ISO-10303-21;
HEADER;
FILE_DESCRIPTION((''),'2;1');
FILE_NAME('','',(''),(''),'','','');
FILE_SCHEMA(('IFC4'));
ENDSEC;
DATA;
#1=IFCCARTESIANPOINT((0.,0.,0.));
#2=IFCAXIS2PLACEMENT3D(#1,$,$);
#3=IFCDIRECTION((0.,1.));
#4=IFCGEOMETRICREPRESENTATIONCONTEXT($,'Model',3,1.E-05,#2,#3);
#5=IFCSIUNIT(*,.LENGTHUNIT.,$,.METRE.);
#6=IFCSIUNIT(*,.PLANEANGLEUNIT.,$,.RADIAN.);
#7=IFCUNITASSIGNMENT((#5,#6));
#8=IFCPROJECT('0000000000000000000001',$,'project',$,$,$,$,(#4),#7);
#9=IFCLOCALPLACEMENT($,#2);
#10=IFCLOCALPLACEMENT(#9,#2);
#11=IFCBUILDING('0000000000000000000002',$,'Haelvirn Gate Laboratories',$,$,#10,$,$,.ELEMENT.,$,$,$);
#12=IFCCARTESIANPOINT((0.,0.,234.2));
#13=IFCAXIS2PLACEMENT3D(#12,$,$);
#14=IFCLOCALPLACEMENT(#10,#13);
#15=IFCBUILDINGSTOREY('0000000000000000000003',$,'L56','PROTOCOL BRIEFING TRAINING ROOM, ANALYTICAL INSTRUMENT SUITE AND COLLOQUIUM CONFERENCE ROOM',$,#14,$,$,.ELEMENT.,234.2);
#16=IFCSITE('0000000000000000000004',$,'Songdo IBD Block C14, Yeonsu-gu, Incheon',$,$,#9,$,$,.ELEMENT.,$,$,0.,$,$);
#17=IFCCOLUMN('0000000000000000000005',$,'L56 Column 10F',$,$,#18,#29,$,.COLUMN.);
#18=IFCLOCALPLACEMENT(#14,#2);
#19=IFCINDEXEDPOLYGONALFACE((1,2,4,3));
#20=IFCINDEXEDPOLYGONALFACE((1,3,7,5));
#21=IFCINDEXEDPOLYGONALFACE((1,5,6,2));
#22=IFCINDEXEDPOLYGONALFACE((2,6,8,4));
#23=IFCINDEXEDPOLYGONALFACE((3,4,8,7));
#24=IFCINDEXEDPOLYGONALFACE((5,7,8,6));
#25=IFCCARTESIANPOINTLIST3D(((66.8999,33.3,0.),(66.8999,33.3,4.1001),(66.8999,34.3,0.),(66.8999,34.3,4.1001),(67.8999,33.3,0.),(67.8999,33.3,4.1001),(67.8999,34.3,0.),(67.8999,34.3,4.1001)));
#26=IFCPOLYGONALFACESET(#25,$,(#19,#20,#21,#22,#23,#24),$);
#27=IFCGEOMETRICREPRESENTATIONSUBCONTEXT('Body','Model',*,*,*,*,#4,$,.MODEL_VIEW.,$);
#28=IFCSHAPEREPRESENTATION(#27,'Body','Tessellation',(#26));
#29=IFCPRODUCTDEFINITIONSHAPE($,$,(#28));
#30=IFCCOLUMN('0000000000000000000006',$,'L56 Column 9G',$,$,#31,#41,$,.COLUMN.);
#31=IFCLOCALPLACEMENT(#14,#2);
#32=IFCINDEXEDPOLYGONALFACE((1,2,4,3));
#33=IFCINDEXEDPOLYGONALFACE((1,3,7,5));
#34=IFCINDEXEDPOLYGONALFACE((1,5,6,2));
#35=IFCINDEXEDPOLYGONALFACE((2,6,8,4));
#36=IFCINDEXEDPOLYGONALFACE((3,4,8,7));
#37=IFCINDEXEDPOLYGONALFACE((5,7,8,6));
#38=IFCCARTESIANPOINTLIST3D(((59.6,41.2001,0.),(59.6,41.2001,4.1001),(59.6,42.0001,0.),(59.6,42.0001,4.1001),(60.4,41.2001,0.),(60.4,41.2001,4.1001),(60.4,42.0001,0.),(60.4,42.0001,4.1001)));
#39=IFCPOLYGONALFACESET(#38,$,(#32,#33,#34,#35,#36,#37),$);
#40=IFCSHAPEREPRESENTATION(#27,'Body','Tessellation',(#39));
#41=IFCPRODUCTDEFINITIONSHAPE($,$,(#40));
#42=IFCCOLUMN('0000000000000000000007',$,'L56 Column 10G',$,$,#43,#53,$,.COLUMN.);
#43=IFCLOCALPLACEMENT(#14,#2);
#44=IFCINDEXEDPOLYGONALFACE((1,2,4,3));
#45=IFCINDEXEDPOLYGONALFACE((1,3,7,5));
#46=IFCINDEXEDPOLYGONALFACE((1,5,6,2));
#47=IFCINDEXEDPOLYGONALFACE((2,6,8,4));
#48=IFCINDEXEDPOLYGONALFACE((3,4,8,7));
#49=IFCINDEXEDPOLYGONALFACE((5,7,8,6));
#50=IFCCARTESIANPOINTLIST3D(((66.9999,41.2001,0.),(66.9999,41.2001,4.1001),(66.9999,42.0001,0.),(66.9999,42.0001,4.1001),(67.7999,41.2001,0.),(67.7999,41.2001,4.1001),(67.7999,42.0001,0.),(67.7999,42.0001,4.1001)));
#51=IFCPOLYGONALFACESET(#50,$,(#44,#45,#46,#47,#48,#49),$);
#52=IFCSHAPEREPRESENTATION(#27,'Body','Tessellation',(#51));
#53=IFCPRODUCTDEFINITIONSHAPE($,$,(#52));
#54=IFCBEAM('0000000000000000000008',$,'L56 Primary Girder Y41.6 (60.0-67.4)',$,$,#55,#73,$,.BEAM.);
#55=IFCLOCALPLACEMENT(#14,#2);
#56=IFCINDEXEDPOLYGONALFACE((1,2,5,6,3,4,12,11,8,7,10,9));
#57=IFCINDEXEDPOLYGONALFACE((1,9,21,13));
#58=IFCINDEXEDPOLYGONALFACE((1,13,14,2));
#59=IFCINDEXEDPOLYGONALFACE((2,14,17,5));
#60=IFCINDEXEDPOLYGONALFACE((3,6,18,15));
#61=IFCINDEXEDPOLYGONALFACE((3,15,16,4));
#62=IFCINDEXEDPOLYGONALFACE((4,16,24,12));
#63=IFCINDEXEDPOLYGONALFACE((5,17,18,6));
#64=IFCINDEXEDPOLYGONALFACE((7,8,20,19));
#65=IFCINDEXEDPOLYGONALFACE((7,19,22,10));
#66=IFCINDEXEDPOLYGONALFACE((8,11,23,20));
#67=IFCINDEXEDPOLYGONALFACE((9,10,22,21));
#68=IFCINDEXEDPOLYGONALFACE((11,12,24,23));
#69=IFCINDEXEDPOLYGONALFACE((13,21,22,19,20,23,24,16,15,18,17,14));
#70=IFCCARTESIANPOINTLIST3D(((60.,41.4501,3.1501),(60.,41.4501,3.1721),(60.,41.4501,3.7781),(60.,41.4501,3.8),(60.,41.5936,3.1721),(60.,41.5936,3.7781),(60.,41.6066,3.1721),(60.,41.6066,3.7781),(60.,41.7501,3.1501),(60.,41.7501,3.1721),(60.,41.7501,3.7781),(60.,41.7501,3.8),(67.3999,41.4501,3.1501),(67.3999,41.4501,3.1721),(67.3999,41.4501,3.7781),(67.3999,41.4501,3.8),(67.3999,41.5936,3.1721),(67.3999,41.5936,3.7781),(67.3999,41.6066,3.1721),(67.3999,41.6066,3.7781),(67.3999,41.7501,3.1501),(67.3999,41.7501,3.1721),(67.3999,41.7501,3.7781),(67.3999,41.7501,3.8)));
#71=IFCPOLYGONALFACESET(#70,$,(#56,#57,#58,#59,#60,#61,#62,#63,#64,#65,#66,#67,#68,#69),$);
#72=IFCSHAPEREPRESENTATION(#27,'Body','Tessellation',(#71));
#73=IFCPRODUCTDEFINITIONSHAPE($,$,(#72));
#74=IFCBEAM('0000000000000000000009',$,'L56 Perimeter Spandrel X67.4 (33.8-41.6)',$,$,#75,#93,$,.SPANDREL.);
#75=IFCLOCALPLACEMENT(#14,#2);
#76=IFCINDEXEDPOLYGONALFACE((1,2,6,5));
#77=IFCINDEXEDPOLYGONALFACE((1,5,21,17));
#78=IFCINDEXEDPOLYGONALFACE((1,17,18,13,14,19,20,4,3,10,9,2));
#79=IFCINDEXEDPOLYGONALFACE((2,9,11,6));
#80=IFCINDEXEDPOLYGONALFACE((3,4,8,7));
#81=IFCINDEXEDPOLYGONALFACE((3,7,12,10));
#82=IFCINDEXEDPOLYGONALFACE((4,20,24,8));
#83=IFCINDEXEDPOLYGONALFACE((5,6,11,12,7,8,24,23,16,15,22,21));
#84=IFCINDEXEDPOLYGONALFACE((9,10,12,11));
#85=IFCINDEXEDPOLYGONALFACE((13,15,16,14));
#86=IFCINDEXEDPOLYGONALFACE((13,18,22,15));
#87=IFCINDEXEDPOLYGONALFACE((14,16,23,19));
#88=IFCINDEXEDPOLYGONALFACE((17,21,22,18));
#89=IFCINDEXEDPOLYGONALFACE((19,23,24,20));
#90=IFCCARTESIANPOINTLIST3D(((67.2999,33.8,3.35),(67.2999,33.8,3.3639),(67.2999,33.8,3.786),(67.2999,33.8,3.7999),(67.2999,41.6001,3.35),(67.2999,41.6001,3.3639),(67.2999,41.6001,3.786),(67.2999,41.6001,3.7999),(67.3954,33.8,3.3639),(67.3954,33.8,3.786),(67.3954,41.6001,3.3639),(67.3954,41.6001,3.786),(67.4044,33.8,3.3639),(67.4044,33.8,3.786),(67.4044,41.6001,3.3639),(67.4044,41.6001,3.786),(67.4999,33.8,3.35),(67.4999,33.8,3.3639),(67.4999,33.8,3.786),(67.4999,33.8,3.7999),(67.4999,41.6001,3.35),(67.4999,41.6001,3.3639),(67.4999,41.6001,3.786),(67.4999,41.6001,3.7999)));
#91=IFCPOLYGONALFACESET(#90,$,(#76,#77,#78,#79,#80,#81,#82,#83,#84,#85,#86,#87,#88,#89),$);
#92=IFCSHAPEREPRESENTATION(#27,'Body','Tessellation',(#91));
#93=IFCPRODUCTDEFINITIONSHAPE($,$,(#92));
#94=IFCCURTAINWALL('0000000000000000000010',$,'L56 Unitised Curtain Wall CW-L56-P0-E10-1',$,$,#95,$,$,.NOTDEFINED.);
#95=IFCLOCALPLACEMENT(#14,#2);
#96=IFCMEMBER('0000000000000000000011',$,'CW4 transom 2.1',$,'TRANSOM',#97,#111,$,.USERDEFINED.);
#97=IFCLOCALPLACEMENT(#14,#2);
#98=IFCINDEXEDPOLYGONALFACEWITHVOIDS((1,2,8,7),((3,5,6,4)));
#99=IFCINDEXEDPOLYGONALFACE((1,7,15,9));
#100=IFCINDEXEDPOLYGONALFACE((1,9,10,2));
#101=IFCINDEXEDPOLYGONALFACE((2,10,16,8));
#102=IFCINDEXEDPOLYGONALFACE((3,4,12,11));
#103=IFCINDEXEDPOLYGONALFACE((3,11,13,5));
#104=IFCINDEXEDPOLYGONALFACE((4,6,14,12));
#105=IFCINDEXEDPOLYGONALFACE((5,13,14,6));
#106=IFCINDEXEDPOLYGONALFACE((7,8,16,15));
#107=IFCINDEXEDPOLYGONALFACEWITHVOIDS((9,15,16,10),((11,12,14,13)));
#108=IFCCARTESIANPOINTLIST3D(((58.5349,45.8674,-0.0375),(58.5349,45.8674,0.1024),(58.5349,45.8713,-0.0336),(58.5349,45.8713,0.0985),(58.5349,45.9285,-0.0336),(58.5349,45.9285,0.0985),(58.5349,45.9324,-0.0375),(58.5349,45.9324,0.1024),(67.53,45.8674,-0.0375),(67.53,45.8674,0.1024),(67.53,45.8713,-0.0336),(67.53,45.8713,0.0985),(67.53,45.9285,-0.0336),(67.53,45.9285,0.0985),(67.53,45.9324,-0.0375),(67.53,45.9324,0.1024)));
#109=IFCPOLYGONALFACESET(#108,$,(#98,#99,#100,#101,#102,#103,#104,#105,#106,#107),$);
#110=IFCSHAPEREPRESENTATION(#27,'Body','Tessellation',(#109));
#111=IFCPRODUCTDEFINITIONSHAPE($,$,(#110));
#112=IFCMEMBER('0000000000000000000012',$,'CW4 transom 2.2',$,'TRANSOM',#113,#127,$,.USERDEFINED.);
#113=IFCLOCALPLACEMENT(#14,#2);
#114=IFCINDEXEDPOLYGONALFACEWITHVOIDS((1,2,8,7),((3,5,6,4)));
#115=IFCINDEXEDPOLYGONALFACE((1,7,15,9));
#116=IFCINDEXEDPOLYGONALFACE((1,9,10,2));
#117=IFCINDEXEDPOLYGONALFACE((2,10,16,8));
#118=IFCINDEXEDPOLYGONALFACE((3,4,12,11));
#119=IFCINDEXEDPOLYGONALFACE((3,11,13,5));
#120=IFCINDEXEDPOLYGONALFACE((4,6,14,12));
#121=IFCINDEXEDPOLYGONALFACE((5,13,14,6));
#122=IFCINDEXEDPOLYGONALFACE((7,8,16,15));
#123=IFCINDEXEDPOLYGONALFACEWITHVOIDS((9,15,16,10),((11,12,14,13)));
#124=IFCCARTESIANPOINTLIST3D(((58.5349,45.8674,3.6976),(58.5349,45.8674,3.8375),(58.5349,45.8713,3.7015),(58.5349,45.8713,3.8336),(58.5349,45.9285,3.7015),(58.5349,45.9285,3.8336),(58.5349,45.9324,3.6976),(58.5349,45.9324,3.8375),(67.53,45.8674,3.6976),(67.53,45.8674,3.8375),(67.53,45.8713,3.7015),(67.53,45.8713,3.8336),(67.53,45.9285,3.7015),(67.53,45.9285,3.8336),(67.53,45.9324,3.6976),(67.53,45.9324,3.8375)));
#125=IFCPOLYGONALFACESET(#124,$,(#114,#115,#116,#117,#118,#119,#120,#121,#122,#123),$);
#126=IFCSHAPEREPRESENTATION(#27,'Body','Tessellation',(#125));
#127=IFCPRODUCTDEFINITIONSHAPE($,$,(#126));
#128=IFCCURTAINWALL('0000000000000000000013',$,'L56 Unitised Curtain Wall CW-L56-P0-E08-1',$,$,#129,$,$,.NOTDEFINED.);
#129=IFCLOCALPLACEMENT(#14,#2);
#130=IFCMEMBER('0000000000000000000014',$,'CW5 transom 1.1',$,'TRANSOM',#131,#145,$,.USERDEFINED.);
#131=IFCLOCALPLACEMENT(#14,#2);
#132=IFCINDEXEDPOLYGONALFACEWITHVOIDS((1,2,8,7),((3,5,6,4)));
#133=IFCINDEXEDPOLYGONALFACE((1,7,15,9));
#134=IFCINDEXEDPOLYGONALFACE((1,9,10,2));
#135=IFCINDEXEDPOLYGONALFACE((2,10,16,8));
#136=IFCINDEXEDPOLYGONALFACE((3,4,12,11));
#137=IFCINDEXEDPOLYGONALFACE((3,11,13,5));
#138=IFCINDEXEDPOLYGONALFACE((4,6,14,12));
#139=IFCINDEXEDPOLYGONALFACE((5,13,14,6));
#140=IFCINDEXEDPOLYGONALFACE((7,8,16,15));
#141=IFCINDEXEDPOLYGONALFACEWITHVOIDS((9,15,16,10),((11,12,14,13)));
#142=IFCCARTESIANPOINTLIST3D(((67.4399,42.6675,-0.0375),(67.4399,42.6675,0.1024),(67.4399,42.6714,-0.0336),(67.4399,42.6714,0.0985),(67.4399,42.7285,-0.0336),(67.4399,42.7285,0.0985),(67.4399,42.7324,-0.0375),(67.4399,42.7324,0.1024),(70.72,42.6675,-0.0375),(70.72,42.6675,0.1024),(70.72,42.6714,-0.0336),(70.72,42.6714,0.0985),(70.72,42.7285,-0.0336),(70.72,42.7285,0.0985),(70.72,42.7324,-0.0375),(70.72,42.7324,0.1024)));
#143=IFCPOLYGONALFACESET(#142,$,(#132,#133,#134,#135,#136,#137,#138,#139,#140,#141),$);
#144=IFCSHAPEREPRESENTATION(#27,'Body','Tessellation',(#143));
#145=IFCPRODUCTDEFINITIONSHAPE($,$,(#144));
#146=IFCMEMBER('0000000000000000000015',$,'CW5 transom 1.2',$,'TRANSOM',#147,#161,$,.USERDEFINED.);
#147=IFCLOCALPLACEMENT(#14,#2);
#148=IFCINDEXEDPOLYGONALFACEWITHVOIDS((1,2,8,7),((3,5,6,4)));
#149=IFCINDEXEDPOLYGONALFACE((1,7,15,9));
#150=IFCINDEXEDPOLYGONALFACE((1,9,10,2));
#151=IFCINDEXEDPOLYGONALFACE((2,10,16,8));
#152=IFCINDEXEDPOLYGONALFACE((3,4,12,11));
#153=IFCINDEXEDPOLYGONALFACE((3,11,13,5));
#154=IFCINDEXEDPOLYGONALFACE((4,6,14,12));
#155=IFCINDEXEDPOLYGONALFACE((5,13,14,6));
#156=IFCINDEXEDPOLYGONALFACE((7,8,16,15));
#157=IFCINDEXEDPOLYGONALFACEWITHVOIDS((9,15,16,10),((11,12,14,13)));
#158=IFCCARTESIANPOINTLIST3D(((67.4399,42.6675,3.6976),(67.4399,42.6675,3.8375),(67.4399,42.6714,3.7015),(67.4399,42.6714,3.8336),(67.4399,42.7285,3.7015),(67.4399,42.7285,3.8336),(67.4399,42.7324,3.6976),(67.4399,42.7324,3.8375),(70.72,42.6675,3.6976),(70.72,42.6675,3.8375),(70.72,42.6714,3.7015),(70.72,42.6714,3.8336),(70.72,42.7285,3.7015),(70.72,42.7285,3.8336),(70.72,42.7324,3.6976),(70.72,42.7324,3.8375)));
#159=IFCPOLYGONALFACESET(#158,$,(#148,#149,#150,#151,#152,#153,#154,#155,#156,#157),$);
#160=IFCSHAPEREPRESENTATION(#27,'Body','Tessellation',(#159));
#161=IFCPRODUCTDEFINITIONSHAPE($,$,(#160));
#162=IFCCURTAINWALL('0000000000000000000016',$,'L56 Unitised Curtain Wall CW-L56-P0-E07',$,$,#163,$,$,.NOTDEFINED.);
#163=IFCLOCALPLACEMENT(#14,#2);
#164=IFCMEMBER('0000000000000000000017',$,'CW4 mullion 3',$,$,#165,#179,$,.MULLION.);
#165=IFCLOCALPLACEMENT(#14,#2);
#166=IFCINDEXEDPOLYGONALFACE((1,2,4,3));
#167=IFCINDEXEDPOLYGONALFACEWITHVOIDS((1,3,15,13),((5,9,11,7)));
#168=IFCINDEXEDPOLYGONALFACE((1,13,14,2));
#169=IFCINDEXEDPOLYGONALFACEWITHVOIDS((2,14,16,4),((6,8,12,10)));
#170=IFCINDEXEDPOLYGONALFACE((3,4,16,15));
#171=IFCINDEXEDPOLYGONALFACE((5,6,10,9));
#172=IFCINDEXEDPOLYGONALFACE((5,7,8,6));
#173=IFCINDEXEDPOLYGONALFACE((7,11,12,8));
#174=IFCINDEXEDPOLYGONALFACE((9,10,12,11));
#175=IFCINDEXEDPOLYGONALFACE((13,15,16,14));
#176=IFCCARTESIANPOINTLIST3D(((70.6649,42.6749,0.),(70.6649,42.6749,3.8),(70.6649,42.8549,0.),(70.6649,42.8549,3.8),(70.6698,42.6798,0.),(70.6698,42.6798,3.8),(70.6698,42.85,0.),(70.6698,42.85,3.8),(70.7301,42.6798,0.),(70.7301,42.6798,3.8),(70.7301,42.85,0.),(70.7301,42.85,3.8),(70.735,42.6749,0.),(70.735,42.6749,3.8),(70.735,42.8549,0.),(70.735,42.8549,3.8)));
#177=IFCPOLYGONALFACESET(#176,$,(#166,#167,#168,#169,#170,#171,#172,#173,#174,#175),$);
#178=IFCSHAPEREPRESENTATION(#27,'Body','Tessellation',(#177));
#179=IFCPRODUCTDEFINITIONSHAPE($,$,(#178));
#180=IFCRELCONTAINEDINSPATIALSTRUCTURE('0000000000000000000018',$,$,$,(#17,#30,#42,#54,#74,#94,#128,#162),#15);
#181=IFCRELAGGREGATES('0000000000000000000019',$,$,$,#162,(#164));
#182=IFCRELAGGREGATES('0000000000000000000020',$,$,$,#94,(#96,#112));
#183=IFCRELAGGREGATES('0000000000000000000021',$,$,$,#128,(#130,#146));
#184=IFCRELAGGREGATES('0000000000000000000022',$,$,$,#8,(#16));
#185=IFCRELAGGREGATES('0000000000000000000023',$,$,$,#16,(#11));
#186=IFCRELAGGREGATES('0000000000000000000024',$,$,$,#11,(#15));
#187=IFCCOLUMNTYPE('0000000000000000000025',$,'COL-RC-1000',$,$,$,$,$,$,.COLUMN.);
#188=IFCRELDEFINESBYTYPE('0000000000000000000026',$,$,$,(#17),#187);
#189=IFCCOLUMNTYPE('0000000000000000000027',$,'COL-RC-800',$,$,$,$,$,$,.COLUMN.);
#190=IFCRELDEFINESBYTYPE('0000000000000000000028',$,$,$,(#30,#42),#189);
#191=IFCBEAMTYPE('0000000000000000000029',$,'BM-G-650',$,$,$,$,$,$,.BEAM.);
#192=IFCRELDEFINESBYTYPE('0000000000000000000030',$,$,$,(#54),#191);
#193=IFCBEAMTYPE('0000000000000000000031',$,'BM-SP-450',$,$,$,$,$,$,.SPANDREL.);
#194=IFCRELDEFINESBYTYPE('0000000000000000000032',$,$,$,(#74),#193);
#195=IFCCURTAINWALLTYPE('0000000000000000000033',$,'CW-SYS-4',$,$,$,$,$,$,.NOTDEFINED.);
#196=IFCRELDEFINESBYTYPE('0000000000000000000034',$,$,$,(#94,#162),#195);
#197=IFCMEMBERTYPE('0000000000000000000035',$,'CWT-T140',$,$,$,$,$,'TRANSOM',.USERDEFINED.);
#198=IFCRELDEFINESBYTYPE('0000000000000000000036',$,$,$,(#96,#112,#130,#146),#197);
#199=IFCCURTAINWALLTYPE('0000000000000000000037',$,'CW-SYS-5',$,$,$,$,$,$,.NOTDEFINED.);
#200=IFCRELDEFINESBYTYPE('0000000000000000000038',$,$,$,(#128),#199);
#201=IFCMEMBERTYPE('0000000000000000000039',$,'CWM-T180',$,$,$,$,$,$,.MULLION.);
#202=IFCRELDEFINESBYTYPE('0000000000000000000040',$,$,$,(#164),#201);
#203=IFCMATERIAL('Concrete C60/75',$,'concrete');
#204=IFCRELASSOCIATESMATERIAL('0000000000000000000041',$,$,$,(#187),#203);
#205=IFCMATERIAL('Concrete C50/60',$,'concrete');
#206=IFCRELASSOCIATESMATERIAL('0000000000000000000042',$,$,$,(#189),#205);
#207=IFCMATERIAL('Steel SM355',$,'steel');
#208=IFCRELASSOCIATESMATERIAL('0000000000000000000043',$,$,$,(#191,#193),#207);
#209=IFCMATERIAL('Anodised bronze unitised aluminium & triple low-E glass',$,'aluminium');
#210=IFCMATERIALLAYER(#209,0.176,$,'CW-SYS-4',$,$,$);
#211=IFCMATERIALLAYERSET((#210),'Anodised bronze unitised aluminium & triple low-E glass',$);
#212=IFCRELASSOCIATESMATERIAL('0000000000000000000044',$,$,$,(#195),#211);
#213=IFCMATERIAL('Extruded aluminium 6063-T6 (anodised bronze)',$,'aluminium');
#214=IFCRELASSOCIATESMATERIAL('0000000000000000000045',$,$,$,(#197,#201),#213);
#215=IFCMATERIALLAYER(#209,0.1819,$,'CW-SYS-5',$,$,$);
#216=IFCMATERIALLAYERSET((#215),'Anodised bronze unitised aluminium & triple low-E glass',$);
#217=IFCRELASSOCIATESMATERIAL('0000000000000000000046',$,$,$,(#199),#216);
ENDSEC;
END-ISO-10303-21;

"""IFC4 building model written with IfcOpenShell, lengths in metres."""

from ifc_helpers import new_model, si_unit, direction, frame, origin, origin_2d, place, context, subcontext, project, spatial, rectangle, hollow_rectangle, i_section, extrude, source, transform, mapped, material, layer, layer_set, material_profile, profile_set, type_object, type_shapes, element, aggregate, save


model = new_model("IFC4")

# Units and contexts
model_context = context("Model", 3, precision=1e-05, world=origin(), true_north=direction((0.0, 1.0)))
body_context = subcontext(model_context, "Body", "Model", "MODEL_VIEW")
ifc_project = project(units=[si_unit("LENGTHUNIT", "METRE"), si_unit("PLANEANGLEUNIT", "RADIAN")], contexts=[model_context])

# Site, building, storey
site_placement = place(None, origin())
site = spatial("IfcSite", under=ifc_project, at=site_placement, Name="Songdo IBD Block C14, Yeonsu-gu, Incheon", CompositionType="ELEMENT", RefElevation=0.0)
building_placement = place(site_placement, origin())
building = spatial("IfcBuilding", under=site, at=building_placement, Name="Haelvirn Gate Laboratories", CompositionType="ELEMENT")
storey_placement = place(building_placement, frame((0.0, 0.0, 234.2)))
storey = spatial("IfcBuildingStorey", under=building, at=storey_placement, Name="L56", Description="PROTOCOL BRIEFING TRAINING ROOM, ANALYTICAL INSTRUMENT SUITE AND COLLOQUIUM CONFERENCE ROOM", CompositionType="ELEMENT", Elevation=234.2)

# Columns
ifc_material_1 = material(Name="Concrete C60/75", Category="concrete")
ifc_material_profile_1 = material_profile(ifc_material_1, rectangle(XDim=1.0, YDim=1.0, at=origin_2d()), Name="RC-1000x1000")
ifc_profile_set_1 = profile_set([ifc_material_profile_1], Name="Concrete C60/75")
column_type_1 = type_object("IfcColumnType", Name="COL-RC-1000", PredefinedType="COLUMN", material=ifc_profile_set_1)
shared_shape_1 = source(origin(), body_context, "Body", "SweptSolid", [
    extrude(rectangle(XDim=1.0, YDim=1.0, at=origin_2d()), origin(), (0.0, 0.0, 1.0), 4.1001),
])
type_shapes(column_type_1, [shared_shape_1])
column_placement = place(storey_placement, frame((67.3999, 33.8, 0.0), z_axis=(0.0, 0.0, 1.0), x_axis=(1.0, 0.0, 0.0)))
element("IfcColumn", 1, at=column_placement, inside=storey, type_object=column_type_1, Name="L56 Column 10F", PredefinedType="COLUMN", context=body_context, shape_type="MappedRepresentation", body=[
    mapped(shared_shape_1, transform((0.0, 0.0, 0.0), scale=1.0)),
])
ifc_material_2 = material(Name="Concrete C50/60", Category="concrete")
ifc_material_profile_2 = material_profile(ifc_material_2, rectangle(XDim=0.8, YDim=0.8, at=origin_2d()), Name="RC-800x800")
ifc_profile_set_2 = profile_set([ifc_material_profile_2], Name="Concrete C50/60")
column_type_2 = type_object("IfcColumnType", Name="COL-RC-800", PredefinedType="COLUMN", material=ifc_profile_set_2)
shared_shape_2 = source(origin(), body_context, "Body", "SweptSolid", [
    extrude(rectangle(XDim=0.8, YDim=0.8, at=origin_2d()), origin(), (0.0, 0.0, 1.0), 4.1001),
])
type_shapes(column_type_2, [shared_shape_2])
for number, where, z_axis, x_axis, name in (
    (2, (60.0, 41.6001, 0.0), (0.0, 0.0, 1.0), (1.0, 0.0, 0.0), "L56 Column 9G"),
    (3, (67.3999, 41.6001, 0.0), (0.0, 0.0, 1.0), (1.0, 0.0, 0.0), "L56 Column 10G"),
):
    element("IfcColumn", number, at=place(storey_placement, frame(where, z_axis=z_axis, x_axis=x_axis)), inside=storey, type_object=column_type_2, Name=name, PredefinedType="COLUMN", context=body_context, shape_type="MappedRepresentation", body=[
        mapped(shared_shape_2, transform((0.0, 0.0, 0.0), scale=1.0)),
    ])

# Beams
ifc_material_3 = material(Name="Steel SM355", Category="steel")
ifc_material_profile_3 = material_profile(ifc_material_3, i_section(OverallWidth=0.3, OverallDepth=0.6499, WebThickness=0.0129, FlangeThickness=0.022, at=origin_2d()), Name="H-650x300x13x22")
ifc_profile_set_3 = profile_set([ifc_material_profile_3], Name="Steel SM355")
beam_type_1 = type_object("IfcBeamType", Name="BM-G-650", PredefinedType="BEAM", material=ifc_profile_set_3)
shared_shape_3 = source(origin(), body_context, "Body", "SweptSolid", [
    extrude(i_section(OverallWidth=0.3, OverallDepth=0.6499, WebThickness=0.0129, FlangeThickness=0.022, at=origin_2d()), origin(), (0.0, 0.0, 1.0), 7.3999),
])
type_shapes(beam_type_1, [shared_shape_3])
beam_1_placement = place(storey_placement, frame((60.0, 41.6001, 3.4751), z_axis=(1.0, 0.0, 0.0), x_axis=(0.0, 1.0, 0.0)))
element("IfcBeam", 4, at=beam_1_placement, inside=storey, type_object=beam_type_1, Name="L56 Primary Girder Y41.6 (60.0-67.4)", PredefinedType="BEAM", context=body_context, shape_type="MappedRepresentation", body=[
    mapped(shared_shape_3, transform((0.0, 0.0, 0.0), scale=1.0)),
])
ifc_material_profile_4 = material_profile(ifc_material_3, i_section(OverallWidth=0.2, OverallDepth=0.45, WebThickness=0.009, FlangeThickness=0.0139, at=origin_2d()), Name="H-450x200x9x14")
ifc_profile_set_4 = profile_set([ifc_material_profile_4], Name="Steel SM355")
beam_type_2 = type_object("IfcBeamType", Name="BM-SP-450", PredefinedType="SPANDREL", material=ifc_profile_set_4)
shared_shape_4 = source(origin(), body_context, "Body", "SweptSolid", [
    extrude(i_section(OverallWidth=0.2, OverallDepth=0.45, WebThickness=0.009, FlangeThickness=0.0139, at=origin_2d()), origin(), (0.0, 0.0, 1.0), 7.8),
])
type_shapes(beam_type_2, [shared_shape_4])
beam_2_placement = place(storey_placement, frame((67.3999, 33.8, 3.575), z_axis=(0.0, 1.0, 0.0), x_axis=(-1.0, 0.0, 0.0)))
element("IfcBeam", 5, at=beam_2_placement, inside=storey, type_object=beam_type_2, Name="L56 Perimeter Spandrel X67.4 (33.8-41.6)", PredefinedType="SPANDREL", context=body_context, shape_type="MappedRepresentation", body=[
    mapped(shared_shape_4, transform((0.0, 0.0, 0.0), scale=1.0)),
])

# Curtain walls, members
ifc_material_4 = material(Name="Anodised bronze unitised aluminium & triple low-E glass", Category="aluminium")
ifc_layer_1 = layer(ifc_material_4, 0.176, Name="CW-SYS-4")
ifc_layer_set_1 = layer_set([ifc_layer_1], Name="Anodised bronze unitised aluminium & triple low-E glass")
curtain_wall_type_1 = type_object("IfcCurtainWallType", Name="CW-SYS-4", PredefinedType="NOTDEFINED", material=ifc_layer_set_1)
curtain_wall_1_placement = place(storey_placement, origin())
curtain_wall_1 = element("IfcCurtainWall", 6, at=curtain_wall_1_placement, inside=storey, type_object=curtain_wall_type_1, Name="L56 Unitised Curtain Wall CW-L56-P0-E10-1", PredefinedType="NOTDEFINED")
ifc_material_5 = material(Name="Extruded aluminium 6063-T6 (anodised bronze)", Category="aluminium")
ifc_material_profile_5 = material_profile(ifc_material_5, hollow_rectangle(XDim=0.0649, YDim=0.1399, WallThickness=0.0039, at=origin_2d()), Name="CWT-140x65x4")
ifc_profile_set_5 = profile_set([ifc_material_profile_5], Name="Extruded aluminium 6063-T6 (anodised bronze)")
member_type_1 = type_object("IfcMemberType", Name="CWT-T140", ElementType="TRANSOM", PredefinedType="USERDEFINED", material=ifc_profile_set_5)
shared_shape_5 = source(origin(), body_context, "Body", "SweptSolid", [
    extrude(hollow_rectangle(XDim=0.0649, YDim=0.1399, WallThickness=0.0039, at=origin_2d()), origin(), (0.0, 0.0, 1.0), 8.9951),
])
member_1_placement = place(storey_placement, frame((58.5349, 45.8999, 0.0325), z_axis=(1.0, 0.0, 0.0), x_axis=(0.0, 1.0, 0.0)))
member_1 = element("IfcMember", 7, at=member_1_placement, type_object=member_type_1, Name="CW4 transom 2.1", ObjectType="TRANSOM", PredefinedType="USERDEFINED", context=body_context, shape_type="MappedRepresentation", body=[
    mapped(shared_shape_5, transform((0.0, 0.0, 0.0), scale=1.0)),
])
member_2_placement = place(storey_placement, frame((58.5349, 45.8999, 3.7676), z_axis=(1.0, 0.0, 0.0), x_axis=(0.0, 1.0, 0.0)))
member_2 = element("IfcMember", 8, at=member_2_placement, type_object=member_type_1, Name="CW4 transom 2.2", ObjectType="TRANSOM", PredefinedType="USERDEFINED", context=body_context, shape_type="MappedRepresentation", body=[
    mapped(shared_shape_5, transform((0.0, 0.0, 0.0), scale=1.0)),
])
ifc_layer_2 = layer(ifc_material_4, 0.1819, Name="CW-SYS-5")
ifc_layer_set_2 = layer_set([ifc_layer_2], Name="Anodised bronze unitised aluminium & triple low-E glass")
curtain_wall_type_2 = type_object("IfcCurtainWallType", Name="CW-SYS-5", PredefinedType="NOTDEFINED", material=ifc_layer_set_2)
curtain_wall_2_placement = place(storey_placement, origin())
curtain_wall_2 = element("IfcCurtainWall", 9, at=curtain_wall_2_placement, inside=storey, type_object=curtain_wall_type_2, Name="L56 Unitised Curtain Wall CW-L56-P0-E08-1", PredefinedType="NOTDEFINED")
shared_shape_6 = source(origin(), body_context, "Body", "SweptSolid", [
    extrude(hollow_rectangle(XDim=0.0649, YDim=0.1399, WallThickness=0.0039, at=origin_2d()), origin(), (0.0, 0.0, 1.0), 3.28),
])
type_shapes(member_type_1, [shared_shape_5, shared_shape_6])
member_3_placement = place(storey_placement, frame((67.4399, 42.7, 0.0325), z_axis=(1.0, 0.0, 0.0), x_axis=(0.0, 1.0, 0.0)))
member_3 = element("IfcMember", 10, at=member_3_placement, type_object=member_type_1, Name="CW5 transom 1.1", ObjectType="TRANSOM", PredefinedType="USERDEFINED", context=body_context, shape_type="MappedRepresentation", body=[
    mapped(shared_shape_6, transform((0.0, 0.0, 0.0), scale=1.0)),
])
member_4_placement = place(storey_placement, frame((67.4399, 42.7, 3.7676), z_axis=(1.0, 0.0, 0.0), x_axis=(0.0, 1.0, 0.0)))
member_4 = element("IfcMember", 11, at=member_4_placement, type_object=member_type_1, Name="CW5 transom 1.2", ObjectType="TRANSOM", PredefinedType="USERDEFINED", context=body_context, shape_type="MappedRepresentation", body=[
    mapped(shared_shape_6, transform((0.0, 0.0, 0.0), scale=1.0)),
])

# Curtain wall, member
curtain_wall_3_placement = place(storey_placement, origin())
curtain_wall_3 = element("IfcCurtainWall", 12, at=curtain_wall_3_placement, inside=storey, type_object=curtain_wall_type_1, Name="L56 Unitised Curtain Wall CW-L56-P0-E07", PredefinedType="NOTDEFINED")
ifc_material_profile_6 = material_profile(ifc_material_5, hollow_rectangle(XDim=0.0701, YDim=0.1799, WallThickness=0.0049, at=origin_2d()), Name="CWM-180x70x5")
ifc_profile_set_6 = profile_set([ifc_material_profile_6], Name="Extruded aluminium 6063-T6 (anodised bronze)")
member_type_2 = type_object("IfcMemberType", Name="CWM-T180", PredefinedType="MULLION", material=ifc_profile_set_6)
shared_shape_7 = source(origin(), body_context, "Body", "SweptSolid", [
    extrude(hollow_rectangle(XDim=0.0701, YDim=0.1799, WallThickness=0.0049, at=origin_2d()), origin(), (0.0, 0.0, 1.0), 3.8),
])
type_shapes(member_type_2, [shared_shape_7])
member_5_placement = place(storey_placement, frame((70.7, 42.7649, 0.0), z_axis=(0.0, 0.0, 1.0), x_axis=(-1.0, 0.0, 0.0)))
member_5 = element("IfcMember", 13, at=member_5_placement, type_object=member_type_2, Name="CW4 mullion 3", PredefinedType="MULLION", context=body_context, shape_type="MappedRepresentation", body=[
    mapped(shared_shape_7, transform((0.0, 0.0, 0.0), scale=1.0)),
])
aggregate(curtain_wall_3, [member_5])

aggregate(curtain_wall_1, [member_1, member_2])
aggregate(curtain_wall_2, [member_3, member_4])

save(model, "model.ifc")
